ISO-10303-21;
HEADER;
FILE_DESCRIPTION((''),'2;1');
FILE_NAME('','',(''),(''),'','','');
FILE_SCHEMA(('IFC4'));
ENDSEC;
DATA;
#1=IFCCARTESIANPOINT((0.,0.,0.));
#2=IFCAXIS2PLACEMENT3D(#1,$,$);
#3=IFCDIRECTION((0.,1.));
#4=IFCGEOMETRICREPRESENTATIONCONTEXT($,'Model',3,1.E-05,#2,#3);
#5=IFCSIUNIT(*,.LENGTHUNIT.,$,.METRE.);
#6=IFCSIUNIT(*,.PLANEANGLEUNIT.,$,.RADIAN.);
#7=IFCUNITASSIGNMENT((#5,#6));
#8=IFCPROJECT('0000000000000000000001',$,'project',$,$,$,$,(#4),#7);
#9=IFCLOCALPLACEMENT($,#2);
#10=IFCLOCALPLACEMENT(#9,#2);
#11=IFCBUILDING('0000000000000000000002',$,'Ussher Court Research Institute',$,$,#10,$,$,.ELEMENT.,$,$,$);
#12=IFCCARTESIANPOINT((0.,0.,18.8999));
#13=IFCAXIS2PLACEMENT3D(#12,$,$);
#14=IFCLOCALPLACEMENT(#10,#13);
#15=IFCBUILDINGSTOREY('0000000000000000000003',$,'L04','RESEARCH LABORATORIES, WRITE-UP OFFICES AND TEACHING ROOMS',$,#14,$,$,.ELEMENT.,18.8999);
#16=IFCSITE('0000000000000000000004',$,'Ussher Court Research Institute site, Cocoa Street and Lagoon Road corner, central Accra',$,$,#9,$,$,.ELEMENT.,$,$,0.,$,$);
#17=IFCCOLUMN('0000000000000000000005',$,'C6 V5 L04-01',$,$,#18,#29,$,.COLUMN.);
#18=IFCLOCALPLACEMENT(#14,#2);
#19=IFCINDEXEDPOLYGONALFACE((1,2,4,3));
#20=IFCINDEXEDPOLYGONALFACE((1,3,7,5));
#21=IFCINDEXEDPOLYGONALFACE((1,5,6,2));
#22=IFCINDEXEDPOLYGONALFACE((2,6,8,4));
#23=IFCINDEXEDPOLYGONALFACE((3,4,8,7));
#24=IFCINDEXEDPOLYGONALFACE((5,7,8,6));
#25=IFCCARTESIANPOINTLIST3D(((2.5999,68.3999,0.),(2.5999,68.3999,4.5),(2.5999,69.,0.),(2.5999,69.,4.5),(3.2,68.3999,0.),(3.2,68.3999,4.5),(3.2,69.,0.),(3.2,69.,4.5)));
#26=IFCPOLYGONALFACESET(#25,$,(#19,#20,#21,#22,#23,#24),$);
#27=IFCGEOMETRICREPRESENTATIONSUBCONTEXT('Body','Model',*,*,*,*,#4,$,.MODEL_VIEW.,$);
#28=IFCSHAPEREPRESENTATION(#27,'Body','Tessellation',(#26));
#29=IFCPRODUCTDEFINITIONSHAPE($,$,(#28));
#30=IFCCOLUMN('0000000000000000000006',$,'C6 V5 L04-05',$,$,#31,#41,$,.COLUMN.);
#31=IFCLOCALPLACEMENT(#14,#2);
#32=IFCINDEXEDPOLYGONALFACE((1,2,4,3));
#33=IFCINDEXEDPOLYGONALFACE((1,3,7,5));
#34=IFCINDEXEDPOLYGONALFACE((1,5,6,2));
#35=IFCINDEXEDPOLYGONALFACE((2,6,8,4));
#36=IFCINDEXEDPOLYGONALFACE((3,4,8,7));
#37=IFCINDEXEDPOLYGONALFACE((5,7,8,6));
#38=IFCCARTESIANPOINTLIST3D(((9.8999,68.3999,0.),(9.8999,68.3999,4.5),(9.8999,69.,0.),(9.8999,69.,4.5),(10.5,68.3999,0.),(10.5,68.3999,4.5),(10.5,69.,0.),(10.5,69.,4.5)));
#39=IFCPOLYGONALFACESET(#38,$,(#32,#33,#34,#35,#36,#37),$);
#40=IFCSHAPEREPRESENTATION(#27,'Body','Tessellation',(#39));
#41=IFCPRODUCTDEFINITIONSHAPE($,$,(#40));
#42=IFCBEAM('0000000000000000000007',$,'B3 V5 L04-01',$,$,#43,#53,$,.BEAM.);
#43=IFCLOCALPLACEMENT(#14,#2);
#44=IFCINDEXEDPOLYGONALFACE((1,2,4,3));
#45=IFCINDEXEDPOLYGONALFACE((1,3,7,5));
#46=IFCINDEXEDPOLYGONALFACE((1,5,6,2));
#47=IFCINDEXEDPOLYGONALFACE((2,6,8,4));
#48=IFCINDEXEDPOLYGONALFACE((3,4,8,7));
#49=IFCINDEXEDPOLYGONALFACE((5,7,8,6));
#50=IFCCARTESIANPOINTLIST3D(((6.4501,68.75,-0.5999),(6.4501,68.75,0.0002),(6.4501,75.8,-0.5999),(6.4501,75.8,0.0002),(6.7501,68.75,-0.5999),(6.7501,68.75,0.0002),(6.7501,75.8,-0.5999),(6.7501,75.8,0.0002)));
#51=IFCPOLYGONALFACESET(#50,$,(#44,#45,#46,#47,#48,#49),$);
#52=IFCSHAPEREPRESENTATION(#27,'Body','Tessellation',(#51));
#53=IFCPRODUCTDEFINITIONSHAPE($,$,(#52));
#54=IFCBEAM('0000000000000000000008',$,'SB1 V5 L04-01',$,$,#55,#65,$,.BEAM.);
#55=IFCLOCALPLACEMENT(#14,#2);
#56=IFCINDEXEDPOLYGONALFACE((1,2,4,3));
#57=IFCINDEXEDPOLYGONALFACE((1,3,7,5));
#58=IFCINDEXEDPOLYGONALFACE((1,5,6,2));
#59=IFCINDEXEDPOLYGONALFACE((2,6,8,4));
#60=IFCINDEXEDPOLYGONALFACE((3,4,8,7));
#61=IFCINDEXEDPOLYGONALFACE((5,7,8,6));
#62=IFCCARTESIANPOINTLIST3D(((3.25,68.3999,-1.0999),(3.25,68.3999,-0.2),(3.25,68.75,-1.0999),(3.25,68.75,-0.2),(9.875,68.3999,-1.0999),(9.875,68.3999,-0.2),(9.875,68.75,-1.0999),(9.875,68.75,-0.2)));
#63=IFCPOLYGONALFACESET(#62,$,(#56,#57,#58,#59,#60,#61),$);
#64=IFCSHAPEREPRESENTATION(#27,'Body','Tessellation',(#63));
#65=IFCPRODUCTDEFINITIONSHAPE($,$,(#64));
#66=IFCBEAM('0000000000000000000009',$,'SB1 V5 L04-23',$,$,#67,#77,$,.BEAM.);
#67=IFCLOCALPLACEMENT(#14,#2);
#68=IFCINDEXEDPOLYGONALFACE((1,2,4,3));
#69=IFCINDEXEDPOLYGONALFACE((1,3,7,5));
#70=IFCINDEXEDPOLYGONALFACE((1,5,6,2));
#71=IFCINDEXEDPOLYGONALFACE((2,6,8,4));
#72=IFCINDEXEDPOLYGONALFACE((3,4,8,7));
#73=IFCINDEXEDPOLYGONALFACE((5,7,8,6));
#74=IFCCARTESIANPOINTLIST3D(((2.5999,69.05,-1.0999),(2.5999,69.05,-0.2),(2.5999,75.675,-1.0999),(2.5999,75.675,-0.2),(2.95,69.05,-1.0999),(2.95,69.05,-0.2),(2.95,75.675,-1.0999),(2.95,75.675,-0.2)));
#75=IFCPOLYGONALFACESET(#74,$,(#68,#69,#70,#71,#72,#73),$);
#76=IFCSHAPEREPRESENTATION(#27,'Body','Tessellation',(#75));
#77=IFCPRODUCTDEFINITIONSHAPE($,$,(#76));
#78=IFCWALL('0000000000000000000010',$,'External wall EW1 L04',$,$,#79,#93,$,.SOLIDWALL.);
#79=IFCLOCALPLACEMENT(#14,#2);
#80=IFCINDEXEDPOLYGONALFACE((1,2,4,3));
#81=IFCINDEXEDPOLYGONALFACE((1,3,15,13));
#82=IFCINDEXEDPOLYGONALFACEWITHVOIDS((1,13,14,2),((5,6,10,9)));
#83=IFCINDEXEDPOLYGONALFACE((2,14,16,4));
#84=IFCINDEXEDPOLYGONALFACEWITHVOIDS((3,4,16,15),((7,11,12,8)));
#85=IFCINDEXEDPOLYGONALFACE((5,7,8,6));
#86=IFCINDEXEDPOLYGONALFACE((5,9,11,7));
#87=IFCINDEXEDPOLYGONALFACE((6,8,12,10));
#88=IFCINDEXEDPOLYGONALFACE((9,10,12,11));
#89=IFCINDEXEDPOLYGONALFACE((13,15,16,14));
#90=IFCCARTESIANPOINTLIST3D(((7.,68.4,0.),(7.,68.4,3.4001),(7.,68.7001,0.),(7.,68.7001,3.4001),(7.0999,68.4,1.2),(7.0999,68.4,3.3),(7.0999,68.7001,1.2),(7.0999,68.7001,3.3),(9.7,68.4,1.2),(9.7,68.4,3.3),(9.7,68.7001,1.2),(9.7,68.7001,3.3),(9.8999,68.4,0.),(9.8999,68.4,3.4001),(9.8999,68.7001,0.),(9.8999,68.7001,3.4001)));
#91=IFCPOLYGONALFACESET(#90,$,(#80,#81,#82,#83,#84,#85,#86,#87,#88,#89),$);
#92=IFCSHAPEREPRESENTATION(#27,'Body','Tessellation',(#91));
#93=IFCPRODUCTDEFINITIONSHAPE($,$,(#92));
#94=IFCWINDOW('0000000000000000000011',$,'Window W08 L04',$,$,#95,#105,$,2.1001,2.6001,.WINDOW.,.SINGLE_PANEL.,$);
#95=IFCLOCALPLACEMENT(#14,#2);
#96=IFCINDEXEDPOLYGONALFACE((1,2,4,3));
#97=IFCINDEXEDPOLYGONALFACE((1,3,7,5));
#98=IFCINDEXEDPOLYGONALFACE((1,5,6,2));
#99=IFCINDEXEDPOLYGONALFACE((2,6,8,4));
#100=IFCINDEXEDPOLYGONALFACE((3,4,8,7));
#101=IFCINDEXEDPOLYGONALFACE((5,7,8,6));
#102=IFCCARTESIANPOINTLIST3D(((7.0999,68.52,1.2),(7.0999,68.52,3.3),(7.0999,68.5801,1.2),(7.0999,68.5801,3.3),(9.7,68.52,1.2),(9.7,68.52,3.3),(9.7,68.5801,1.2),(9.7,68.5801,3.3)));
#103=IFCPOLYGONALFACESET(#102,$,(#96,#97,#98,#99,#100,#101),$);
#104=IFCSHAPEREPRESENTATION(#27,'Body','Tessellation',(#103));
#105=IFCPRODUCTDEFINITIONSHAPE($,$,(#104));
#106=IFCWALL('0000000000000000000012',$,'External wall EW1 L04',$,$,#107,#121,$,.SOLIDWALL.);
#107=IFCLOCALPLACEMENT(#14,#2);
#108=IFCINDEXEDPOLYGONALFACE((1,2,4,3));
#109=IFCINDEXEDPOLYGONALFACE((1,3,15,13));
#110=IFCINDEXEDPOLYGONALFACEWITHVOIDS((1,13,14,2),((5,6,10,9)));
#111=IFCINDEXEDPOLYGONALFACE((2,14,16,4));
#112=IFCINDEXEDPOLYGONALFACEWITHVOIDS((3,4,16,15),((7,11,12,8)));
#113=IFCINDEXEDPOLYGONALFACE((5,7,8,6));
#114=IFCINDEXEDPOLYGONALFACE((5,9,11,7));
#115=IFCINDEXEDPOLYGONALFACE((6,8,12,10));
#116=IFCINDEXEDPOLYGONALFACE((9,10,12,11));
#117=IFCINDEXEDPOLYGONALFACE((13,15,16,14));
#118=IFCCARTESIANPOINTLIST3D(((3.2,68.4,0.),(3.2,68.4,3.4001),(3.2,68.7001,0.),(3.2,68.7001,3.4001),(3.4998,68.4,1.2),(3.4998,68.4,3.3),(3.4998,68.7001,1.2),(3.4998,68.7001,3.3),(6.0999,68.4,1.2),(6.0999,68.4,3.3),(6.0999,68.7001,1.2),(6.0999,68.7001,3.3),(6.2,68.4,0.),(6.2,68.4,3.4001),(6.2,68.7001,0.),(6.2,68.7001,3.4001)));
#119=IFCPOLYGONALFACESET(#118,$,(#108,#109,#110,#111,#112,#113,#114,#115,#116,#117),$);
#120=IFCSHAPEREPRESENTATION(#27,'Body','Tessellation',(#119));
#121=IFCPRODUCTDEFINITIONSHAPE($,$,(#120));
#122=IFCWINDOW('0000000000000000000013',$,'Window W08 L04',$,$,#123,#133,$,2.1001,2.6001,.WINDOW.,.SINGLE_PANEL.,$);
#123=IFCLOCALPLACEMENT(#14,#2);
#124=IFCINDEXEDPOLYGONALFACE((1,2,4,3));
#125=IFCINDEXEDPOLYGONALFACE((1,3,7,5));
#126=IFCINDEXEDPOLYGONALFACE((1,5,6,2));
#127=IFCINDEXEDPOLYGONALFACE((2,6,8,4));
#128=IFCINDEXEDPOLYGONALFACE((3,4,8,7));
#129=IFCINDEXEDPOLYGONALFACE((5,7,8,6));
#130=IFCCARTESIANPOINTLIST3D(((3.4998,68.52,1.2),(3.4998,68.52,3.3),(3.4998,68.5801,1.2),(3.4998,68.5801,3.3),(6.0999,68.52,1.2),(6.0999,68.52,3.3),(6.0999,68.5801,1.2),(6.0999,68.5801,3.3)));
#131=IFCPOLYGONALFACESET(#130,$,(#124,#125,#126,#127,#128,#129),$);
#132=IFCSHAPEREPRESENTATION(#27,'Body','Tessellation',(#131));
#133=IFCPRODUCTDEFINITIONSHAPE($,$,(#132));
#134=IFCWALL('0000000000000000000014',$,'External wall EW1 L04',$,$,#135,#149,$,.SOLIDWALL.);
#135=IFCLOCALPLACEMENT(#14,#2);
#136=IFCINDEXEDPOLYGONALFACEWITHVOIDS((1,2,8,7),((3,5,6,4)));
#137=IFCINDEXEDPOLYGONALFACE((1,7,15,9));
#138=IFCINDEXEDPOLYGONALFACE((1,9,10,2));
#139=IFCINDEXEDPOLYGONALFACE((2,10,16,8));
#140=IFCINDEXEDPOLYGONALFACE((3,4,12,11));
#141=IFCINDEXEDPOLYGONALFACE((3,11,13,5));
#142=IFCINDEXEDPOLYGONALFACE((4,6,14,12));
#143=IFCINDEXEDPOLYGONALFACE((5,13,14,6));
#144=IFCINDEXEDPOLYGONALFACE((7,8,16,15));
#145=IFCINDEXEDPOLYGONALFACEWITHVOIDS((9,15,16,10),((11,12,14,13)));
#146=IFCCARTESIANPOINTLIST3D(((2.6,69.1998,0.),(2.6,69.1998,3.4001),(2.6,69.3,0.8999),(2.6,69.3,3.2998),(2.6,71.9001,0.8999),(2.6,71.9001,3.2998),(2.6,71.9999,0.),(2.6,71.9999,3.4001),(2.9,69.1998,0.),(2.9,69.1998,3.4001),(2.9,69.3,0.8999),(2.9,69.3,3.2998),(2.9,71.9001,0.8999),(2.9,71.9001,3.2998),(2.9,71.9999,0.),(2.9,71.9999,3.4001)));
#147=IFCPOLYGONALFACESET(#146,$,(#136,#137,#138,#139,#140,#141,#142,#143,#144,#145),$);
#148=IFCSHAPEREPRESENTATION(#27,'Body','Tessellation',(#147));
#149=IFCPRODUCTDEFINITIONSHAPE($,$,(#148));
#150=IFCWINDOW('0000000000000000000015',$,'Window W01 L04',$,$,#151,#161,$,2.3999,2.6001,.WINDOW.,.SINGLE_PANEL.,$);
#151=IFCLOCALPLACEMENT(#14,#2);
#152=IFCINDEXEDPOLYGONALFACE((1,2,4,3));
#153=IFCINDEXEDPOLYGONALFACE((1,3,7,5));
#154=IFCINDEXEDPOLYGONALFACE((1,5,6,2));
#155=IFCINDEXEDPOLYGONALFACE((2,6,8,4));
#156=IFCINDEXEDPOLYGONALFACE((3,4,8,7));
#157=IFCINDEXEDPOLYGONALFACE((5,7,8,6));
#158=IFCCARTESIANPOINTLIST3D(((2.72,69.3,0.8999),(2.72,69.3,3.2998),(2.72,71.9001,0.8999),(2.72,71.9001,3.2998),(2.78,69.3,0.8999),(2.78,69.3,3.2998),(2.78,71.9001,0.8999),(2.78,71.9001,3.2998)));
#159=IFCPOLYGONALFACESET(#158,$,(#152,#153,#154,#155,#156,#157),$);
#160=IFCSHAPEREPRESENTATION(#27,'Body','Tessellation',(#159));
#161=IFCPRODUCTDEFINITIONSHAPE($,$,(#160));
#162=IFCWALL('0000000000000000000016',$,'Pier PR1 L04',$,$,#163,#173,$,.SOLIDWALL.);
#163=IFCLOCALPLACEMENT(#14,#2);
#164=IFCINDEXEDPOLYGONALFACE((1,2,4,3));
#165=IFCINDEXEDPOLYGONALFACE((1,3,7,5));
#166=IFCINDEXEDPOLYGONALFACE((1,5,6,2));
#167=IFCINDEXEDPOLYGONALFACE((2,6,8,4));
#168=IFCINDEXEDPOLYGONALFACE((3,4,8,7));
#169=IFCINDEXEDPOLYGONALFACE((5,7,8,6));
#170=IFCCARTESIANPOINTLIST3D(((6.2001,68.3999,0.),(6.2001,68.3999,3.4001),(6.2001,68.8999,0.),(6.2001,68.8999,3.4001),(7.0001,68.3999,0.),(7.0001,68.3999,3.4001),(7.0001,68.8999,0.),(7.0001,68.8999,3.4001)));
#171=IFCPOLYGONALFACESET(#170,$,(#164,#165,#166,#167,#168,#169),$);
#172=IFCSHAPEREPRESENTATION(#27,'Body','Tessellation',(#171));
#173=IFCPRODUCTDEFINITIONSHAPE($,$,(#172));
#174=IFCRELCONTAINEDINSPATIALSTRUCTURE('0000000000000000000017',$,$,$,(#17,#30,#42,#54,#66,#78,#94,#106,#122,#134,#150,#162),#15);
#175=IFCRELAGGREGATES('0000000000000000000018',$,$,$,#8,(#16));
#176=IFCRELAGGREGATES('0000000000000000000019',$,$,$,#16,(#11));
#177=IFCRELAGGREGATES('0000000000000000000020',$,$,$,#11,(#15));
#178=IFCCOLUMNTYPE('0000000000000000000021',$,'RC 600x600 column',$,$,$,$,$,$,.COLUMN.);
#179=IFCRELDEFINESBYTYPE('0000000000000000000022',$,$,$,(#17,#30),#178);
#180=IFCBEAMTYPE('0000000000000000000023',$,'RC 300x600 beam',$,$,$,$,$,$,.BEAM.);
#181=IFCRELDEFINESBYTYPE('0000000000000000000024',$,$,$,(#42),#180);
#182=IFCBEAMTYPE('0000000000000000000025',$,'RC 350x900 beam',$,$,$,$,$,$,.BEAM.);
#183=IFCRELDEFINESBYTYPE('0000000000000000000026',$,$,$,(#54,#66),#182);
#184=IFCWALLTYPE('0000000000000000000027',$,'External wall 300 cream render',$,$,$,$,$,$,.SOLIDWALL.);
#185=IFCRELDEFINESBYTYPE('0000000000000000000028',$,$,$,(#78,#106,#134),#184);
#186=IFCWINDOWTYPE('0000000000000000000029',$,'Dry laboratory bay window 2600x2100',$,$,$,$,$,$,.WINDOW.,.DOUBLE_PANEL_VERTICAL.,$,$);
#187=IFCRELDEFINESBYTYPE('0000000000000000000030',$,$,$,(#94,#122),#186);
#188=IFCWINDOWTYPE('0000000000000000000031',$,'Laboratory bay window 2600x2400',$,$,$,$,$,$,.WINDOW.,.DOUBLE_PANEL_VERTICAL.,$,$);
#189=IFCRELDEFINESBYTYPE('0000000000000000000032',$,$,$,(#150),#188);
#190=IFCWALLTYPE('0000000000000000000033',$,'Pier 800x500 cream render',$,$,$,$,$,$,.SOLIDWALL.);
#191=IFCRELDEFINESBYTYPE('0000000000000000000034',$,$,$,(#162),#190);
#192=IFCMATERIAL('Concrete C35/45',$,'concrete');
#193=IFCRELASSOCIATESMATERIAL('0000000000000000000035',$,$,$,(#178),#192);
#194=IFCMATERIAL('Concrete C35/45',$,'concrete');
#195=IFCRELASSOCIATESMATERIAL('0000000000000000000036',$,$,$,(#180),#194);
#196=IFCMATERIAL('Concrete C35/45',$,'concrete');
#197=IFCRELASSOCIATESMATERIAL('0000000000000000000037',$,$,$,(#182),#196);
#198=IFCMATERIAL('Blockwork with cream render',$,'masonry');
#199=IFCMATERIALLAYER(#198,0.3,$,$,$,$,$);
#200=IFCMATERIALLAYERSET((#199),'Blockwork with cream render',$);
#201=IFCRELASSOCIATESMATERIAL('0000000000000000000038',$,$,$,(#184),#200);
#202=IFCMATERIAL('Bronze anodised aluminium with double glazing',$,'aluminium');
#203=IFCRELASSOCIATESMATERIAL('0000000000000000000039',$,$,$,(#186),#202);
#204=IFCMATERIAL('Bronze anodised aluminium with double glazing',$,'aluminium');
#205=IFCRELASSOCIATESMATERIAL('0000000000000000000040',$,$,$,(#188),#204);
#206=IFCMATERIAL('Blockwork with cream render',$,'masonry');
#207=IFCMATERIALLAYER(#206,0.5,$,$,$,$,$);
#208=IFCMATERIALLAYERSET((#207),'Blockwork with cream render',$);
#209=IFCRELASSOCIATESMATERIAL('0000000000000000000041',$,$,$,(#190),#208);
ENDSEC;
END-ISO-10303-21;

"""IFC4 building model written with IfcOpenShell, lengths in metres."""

from ifc_helpers import new_model, si_unit, direction, frame, frame_2d, origin, origin_2d, place, context, subcontext, project, spatial, rectangle, extrude, material, layer, layer_set, material_profile, profile_set, type_object, element, fill, save


model = new_model("IFC4")

# Units and contexts
model_context = context("Model", 3, precision=1e-05, world=origin(), true_north=direction((0.0, 1.0)))
body_context = subcontext(model_context, "Body", "Model", "MODEL_VIEW")
ifc_project = project(units=[si_unit("LENGTHUNIT", "METRE"), si_unit("PLANEANGLEUNIT", "RADIAN")], contexts=[model_context])

# Site, building, storey
site_placement = place(None, origin())
site = spatial("IfcSite", under=ifc_project, at=site_placement, Name="Ussher Court Research Institute site, Cocoa Street and Lagoon Road corner, central Accra", CompositionType="ELEMENT", RefElevation=0.0)
building_placement = place(site_placement, origin())
building = spatial("IfcBuilding", under=site, at=building_placement, Name="Ussher Court Research Institute", CompositionType="ELEMENT")
storey_placement = place(building_placement, frame((0.0, 0.0, 18.8999)))
storey = spatial("IfcBuildingStorey", under=building, at=storey_placement, Name="L04", Description="RESEARCH LABORATORIES, WRITE-UP OFFICES AND TEACHING ROOMS", CompositionType="ELEMENT", Elevation=18.8999)

# Columns
ifc_material_1 = material(Name="Concrete C35/45", Category="concrete")
ifc_material_profile_1 = material_profile(ifc_material_1, rectangle(XDim=0.6001, YDim=0.6001, at=origin_2d()), Name="RC 600x600")
ifc_profile_set_1 = profile_set([ifc_material_profile_1], Name="Concrete C35/45")
column_type = type_object("IfcColumnType", Name="RC 600x600 column", PredefinedType="COLUMN", material=ifc_profile_set_1)
for number, where, z_axis, x_axis, name in (
    (1, (2.8999, 68.7, 0.0), (0.0, 0.0, 1.0), (1.0, 0.0, 0.0), "C6 V5 L04-01"),
    (2, (10.2, 68.7, 0.0), (0.0, 0.0, 1.0), (1.0, 0.0, 0.0), "C6 V5 L04-05"),
):
    element("IfcColumn", number, at=place(storey_placement, frame(where, z_axis=z_axis, x_axis=x_axis)), inside=storey, type_object=column_type, Name=name, PredefinedType="COLUMN", context=body_context, shape_type="SweptSolid", body=[
        extrude(rectangle(XDim=0.6001, YDim=0.6001, at=origin_2d()), origin(), (0.0, 0.0, 1.0), 4.5),
    ])

# Beams
ifc_material_2 = material(Name="Concrete C35/45", Category="concrete")
ifc_material_profile_2 = material_profile(ifc_material_2, rectangle(XDim=0.3, YDim=0.6001, at=origin_2d()), Name="RC 300x600")
ifc_profile_set_2 = profile_set([ifc_material_profile_2], Name="Concrete C35/45")
beam_type_1 = type_object("IfcBeamType", Name="RC 300x600 beam", PredefinedType="BEAM", material=ifc_profile_set_2)
beam_placement = place(storey_placement, frame((6.6001, 68.75, -0.2998), z_axis=(0.0, 1.0, 0.0), x_axis=(-1.0, 0.0, 0.0)))
element("IfcBeam", 3, at=beam_placement, inside=storey, type_object=beam_type_1, Name="B3 V5 L04-01", PredefinedType="BEAM", context=body_context, shape_type="SweptSolid", body=[
    extrude(rectangle(XDim=0.3, YDim=0.6001, at=origin_2d()), origin(), (0.0, 0.0, 1.0), 7.05),
])
ifc_material_3 = material(Name="Concrete C35/45", Category="concrete")
ifc_material_profile_3 = material_profile(ifc_material_3, rectangle(XDim=0.3501, YDim=0.8999, at=origin_2d()), Name="RC 350x900")
ifc_profile_set_3 = profile_set([ifc_material_profile_3], Name="Concrete C35/45")
beam_type_2 = type_object("IfcBeamType", Name="RC 350x900 beam", PredefinedType="BEAM", material=ifc_profile_set_3)
for number, where, z_axis, x_axis, name in (
    (4, (3.25, 68.575, -0.6499), (1.0, 0.0, 0.0), (0.0, 1.0, 0.0), "SB1 V5 L04-01"),
    (5, (2.7749, 69.05, -0.6499), (0.0, 1.0, 0.0), (-1.0, 0.0, 0.0), "SB1 V5 L04-23"),
):
    element("IfcBeam", number, at=place(storey_placement, frame(where, z_axis=z_axis, x_axis=x_axis)), inside=storey, type_object=beam_type_2, Name=name, PredefinedType="BEAM", context=body_context, shape_type="SweptSolid", body=[
        extrude(rectangle(XDim=0.3501, YDim=0.8999, at=origin_2d()), origin(), (0.0, 0.0, 1.0), 6.625),
    ])

# Walls, openings, windows
ifc_material_4 = material(Name="Blockwork with cream render", Category="masonry")
ifc_layer_1 = layer(ifc_material_4, 0.3)
ifc_layer_set_1 = layer_set([ifc_layer_1], Name="Blockwork with cream render")
wall_type_1 = type_object("IfcWallType", Name="External wall 300 cream render", PredefinedType="SOLIDWALL", material=ifc_layer_set_1)
wall_1_placement = place(storey_placement, frame((9.8999, 68.55, 0.0), z_axis=(0.0, 0.0, 1.0), x_axis=(-1.0, 0.0, 0.0)))
wall_1 = element("IfcWall", 6, at=wall_1_placement, inside=storey, type_object=wall_type_1, Name="External wall EW1 L04", PredefinedType="SOLIDWALL", context=body_context, shape_type="SweptSolid", body=[
    extrude(rectangle(XDim=2.8999, YDim=0.3, at=frame_2d((1.45, 0.0))), origin(), (0.0, 0.0, 1.0), 3.4001),
])
opening_1_placement = place(wall_1_placement, frame((0.2, 0.0, 1.2)))
opening_1 = element("IfcOpeningElement", 7, at=opening_1_placement, cuts=wall_1, PredefinedType="OPENING", context=body_context, shape_type="SweptSolid", body=[
    extrude(rectangle(XDim=2.6001, YDim=2.1001, at=frame_2d((1.3, 1.05))), frame((0.0, 0.1602, 0.0), z_axis=(0.0, -1.0, 0.0), x_axis=(1.0, 0.0, 0.0)), (0.0, 0.0, 1.0), 0.3201),
])
ifc_material_5 = material(Name="Bronze anodised aluminium with double glazing", Category="aluminium")
window_type_1 = type_object("IfcWindowType", Name="Dry laboratory bay window 2600x2100", PartitioningType="DOUBLE_PANEL_VERTICAL", PredefinedType="WINDOW", material=ifc_material_5)
window_1_placement = place(opening_1_placement, origin())
window_1 = element("IfcWindow", 8, at=window_1_placement, inside=storey, type_object=window_type_1, Name="Window W08 L04", OverallHeight=2.1001, OverallWidth=2.6001, PartitioningType="SINGLE_PANEL", PredefinedType="WINDOW", context=body_context, shape_type="SweptSolid", body=[
    extrude(rectangle(XDim=2.6001, YDim=2.1001, at=frame_2d((1.3, 1.05))), frame((0.0, 0.03, 0.0), z_axis=(0.0, -1.0, 0.0), x_axis=(1.0, 0.0, 0.0)), (0.0, 0.0, 1.0), 0.0601),
])
fill(opening_1, window_1)
wall_2_placement = place(storey_placement, frame((6.2, 68.55, 0.0), z_axis=(0.0, 0.0, 1.0), x_axis=(-1.0, 0.0, 0.0)))
wall_2 = element("IfcWall", 9, at=wall_2_placement, inside=storey, type_object=wall_type_1, Name="External wall EW1 L04", PredefinedType="SOLIDWALL", context=body_context, shape_type="SweptSolid", body=[
    extrude(rectangle(XDim=3.0, YDim=0.3, at=frame_2d((1.5, 0.0))), origin(), (0.0, 0.0, 1.0), 3.4001),
])
opening_2_placement = place(wall_2_placement, frame((0.1001, 0.0, 1.2)))
opening_2 = element("IfcOpeningElement", 10, at=opening_2_placement, cuts=wall_2, PredefinedType="OPENING", context=body_context, shape_type="SweptSolid", body=[
    extrude(rectangle(XDim=2.6001, YDim=2.1001, at=frame_2d((1.3, 1.05))), frame((0.0, 0.1602, 0.0), z_axis=(0.0, -1.0, 0.0), x_axis=(1.0, 0.0, 0.0)), (0.0, 0.0, 1.0), 0.3201),
])
window_2_placement = place(opening_2_placement, origin())
window_2 = element("IfcWindow", 11, at=window_2_placement, inside=storey, type_object=window_type_1, Name="Window W08 L04", OverallHeight=2.1001, OverallWidth=2.6001, PartitioningType="SINGLE_PANEL", PredefinedType="WINDOW", context=body_context, shape_type="SweptSolid", body=[
    extrude(rectangle(XDim=2.6001, YDim=2.1001, at=frame_2d((1.3, 1.05))), frame((0.0, 0.03, 0.0), z_axis=(0.0, -1.0, 0.0), x_axis=(1.0, 0.0, 0.0)), (0.0, 0.0, 1.0), 0.0601),
])
fill(opening_2, window_2)
wall_3_placement = place(storey_placement, frame((2.75, 69.2, 0.0), z_axis=(0.0, 0.0, 1.0), x_axis=(0.0, 1.0, 0.0)))
wall_3 = element("IfcWall", 12, at=wall_3_placement, inside=storey, type_object=wall_type_1, Name="External wall EW1 L04", PredefinedType="SOLIDWALL", context=body_context, shape_type="SweptSolid", body=[
    extrude(rectangle(XDim=2.8, YDim=0.3, at=frame_2d((1.3999, 0.0))), origin(), (0.0, 0.0, 1.0), 3.4001),
])
opening_3_placement = place(wall_3_placement, frame((0.1001, 0.0, 0.8999)))
opening_3 = element("IfcOpeningElement", 13, at=opening_3_placement, cuts=wall_3, PredefinedType="OPENING", context=body_context, shape_type="SweptSolid", body=[
    extrude(rectangle(XDim=2.6001, YDim=2.3999, at=frame_2d((1.3, 1.2))), frame((0.0, 0.1602, 0.0), z_axis=(0.0, -1.0, 0.0), x_axis=(1.0, 0.0, 0.0)), (0.0, 0.0, 1.0), 0.3201),
])
ifc_material_6 = material(Name="Bronze anodised aluminium with double glazing", Category="aluminium")
window_type_2 = type_object("IfcWindowType", Name="Laboratory bay window 2600x2400", PartitioningType="DOUBLE_PANEL_VERTICAL", PredefinedType="WINDOW", material=ifc_material_6)
window_3_placement = place(opening_3_placement, origin())
window_3 = element("IfcWindow", 14, at=window_3_placement, inside=storey, type_object=window_type_2, Name="Window W01 L04", OverallHeight=2.3999, OverallWidth=2.6001, PartitioningType="SINGLE_PANEL", PredefinedType="WINDOW", context=body_context, shape_type="SweptSolid", body=[
    extrude(rectangle(XDim=2.6001, YDim=2.3999, at=frame_2d((1.3, 1.2))), frame((0.0, 0.03, 0.0), z_axis=(0.0, -1.0, 0.0), x_axis=(1.0, 0.0, 0.0)), (0.0, 0.0, 1.0), 0.0601),
])
fill(opening_3, window_3)

# Wall
ifc_material_7 = material(Name="Blockwork with cream render", Category="masonry")
ifc_layer_2 = layer(ifc_material_7, 0.5)
ifc_layer_set_2 = layer_set([ifc_layer_2], Name="Blockwork with cream render")
wall_type_2 = type_object("IfcWallType", Name="Pier 800x500 cream render", PredefinedType="SOLIDWALL", material=ifc_layer_set_2)
for number, where, z_axis, x_axis, name in (
    (15, (7.0, 68.6499, 0.0), (0.0, 0.0, 1.0), (-1.0, 0.0, 0.0), "Pier PR1 L04"),
):
    element("IfcWall", number, at=place(storey_placement, frame(where, z_axis=z_axis, x_axis=x_axis)), inside=storey, type_object=wall_type_2, Name=name, PredefinedType="SOLIDWALL", context=body_context, shape_type="SweptSolid", body=[
        extrude(rectangle(XDim=0.8, YDim=0.5, at=frame_2d((0.3999, 0.0))), origin(), (0.0, 0.0, 1.0), 3.4001),
    ])

save(model, "model.ifc")
